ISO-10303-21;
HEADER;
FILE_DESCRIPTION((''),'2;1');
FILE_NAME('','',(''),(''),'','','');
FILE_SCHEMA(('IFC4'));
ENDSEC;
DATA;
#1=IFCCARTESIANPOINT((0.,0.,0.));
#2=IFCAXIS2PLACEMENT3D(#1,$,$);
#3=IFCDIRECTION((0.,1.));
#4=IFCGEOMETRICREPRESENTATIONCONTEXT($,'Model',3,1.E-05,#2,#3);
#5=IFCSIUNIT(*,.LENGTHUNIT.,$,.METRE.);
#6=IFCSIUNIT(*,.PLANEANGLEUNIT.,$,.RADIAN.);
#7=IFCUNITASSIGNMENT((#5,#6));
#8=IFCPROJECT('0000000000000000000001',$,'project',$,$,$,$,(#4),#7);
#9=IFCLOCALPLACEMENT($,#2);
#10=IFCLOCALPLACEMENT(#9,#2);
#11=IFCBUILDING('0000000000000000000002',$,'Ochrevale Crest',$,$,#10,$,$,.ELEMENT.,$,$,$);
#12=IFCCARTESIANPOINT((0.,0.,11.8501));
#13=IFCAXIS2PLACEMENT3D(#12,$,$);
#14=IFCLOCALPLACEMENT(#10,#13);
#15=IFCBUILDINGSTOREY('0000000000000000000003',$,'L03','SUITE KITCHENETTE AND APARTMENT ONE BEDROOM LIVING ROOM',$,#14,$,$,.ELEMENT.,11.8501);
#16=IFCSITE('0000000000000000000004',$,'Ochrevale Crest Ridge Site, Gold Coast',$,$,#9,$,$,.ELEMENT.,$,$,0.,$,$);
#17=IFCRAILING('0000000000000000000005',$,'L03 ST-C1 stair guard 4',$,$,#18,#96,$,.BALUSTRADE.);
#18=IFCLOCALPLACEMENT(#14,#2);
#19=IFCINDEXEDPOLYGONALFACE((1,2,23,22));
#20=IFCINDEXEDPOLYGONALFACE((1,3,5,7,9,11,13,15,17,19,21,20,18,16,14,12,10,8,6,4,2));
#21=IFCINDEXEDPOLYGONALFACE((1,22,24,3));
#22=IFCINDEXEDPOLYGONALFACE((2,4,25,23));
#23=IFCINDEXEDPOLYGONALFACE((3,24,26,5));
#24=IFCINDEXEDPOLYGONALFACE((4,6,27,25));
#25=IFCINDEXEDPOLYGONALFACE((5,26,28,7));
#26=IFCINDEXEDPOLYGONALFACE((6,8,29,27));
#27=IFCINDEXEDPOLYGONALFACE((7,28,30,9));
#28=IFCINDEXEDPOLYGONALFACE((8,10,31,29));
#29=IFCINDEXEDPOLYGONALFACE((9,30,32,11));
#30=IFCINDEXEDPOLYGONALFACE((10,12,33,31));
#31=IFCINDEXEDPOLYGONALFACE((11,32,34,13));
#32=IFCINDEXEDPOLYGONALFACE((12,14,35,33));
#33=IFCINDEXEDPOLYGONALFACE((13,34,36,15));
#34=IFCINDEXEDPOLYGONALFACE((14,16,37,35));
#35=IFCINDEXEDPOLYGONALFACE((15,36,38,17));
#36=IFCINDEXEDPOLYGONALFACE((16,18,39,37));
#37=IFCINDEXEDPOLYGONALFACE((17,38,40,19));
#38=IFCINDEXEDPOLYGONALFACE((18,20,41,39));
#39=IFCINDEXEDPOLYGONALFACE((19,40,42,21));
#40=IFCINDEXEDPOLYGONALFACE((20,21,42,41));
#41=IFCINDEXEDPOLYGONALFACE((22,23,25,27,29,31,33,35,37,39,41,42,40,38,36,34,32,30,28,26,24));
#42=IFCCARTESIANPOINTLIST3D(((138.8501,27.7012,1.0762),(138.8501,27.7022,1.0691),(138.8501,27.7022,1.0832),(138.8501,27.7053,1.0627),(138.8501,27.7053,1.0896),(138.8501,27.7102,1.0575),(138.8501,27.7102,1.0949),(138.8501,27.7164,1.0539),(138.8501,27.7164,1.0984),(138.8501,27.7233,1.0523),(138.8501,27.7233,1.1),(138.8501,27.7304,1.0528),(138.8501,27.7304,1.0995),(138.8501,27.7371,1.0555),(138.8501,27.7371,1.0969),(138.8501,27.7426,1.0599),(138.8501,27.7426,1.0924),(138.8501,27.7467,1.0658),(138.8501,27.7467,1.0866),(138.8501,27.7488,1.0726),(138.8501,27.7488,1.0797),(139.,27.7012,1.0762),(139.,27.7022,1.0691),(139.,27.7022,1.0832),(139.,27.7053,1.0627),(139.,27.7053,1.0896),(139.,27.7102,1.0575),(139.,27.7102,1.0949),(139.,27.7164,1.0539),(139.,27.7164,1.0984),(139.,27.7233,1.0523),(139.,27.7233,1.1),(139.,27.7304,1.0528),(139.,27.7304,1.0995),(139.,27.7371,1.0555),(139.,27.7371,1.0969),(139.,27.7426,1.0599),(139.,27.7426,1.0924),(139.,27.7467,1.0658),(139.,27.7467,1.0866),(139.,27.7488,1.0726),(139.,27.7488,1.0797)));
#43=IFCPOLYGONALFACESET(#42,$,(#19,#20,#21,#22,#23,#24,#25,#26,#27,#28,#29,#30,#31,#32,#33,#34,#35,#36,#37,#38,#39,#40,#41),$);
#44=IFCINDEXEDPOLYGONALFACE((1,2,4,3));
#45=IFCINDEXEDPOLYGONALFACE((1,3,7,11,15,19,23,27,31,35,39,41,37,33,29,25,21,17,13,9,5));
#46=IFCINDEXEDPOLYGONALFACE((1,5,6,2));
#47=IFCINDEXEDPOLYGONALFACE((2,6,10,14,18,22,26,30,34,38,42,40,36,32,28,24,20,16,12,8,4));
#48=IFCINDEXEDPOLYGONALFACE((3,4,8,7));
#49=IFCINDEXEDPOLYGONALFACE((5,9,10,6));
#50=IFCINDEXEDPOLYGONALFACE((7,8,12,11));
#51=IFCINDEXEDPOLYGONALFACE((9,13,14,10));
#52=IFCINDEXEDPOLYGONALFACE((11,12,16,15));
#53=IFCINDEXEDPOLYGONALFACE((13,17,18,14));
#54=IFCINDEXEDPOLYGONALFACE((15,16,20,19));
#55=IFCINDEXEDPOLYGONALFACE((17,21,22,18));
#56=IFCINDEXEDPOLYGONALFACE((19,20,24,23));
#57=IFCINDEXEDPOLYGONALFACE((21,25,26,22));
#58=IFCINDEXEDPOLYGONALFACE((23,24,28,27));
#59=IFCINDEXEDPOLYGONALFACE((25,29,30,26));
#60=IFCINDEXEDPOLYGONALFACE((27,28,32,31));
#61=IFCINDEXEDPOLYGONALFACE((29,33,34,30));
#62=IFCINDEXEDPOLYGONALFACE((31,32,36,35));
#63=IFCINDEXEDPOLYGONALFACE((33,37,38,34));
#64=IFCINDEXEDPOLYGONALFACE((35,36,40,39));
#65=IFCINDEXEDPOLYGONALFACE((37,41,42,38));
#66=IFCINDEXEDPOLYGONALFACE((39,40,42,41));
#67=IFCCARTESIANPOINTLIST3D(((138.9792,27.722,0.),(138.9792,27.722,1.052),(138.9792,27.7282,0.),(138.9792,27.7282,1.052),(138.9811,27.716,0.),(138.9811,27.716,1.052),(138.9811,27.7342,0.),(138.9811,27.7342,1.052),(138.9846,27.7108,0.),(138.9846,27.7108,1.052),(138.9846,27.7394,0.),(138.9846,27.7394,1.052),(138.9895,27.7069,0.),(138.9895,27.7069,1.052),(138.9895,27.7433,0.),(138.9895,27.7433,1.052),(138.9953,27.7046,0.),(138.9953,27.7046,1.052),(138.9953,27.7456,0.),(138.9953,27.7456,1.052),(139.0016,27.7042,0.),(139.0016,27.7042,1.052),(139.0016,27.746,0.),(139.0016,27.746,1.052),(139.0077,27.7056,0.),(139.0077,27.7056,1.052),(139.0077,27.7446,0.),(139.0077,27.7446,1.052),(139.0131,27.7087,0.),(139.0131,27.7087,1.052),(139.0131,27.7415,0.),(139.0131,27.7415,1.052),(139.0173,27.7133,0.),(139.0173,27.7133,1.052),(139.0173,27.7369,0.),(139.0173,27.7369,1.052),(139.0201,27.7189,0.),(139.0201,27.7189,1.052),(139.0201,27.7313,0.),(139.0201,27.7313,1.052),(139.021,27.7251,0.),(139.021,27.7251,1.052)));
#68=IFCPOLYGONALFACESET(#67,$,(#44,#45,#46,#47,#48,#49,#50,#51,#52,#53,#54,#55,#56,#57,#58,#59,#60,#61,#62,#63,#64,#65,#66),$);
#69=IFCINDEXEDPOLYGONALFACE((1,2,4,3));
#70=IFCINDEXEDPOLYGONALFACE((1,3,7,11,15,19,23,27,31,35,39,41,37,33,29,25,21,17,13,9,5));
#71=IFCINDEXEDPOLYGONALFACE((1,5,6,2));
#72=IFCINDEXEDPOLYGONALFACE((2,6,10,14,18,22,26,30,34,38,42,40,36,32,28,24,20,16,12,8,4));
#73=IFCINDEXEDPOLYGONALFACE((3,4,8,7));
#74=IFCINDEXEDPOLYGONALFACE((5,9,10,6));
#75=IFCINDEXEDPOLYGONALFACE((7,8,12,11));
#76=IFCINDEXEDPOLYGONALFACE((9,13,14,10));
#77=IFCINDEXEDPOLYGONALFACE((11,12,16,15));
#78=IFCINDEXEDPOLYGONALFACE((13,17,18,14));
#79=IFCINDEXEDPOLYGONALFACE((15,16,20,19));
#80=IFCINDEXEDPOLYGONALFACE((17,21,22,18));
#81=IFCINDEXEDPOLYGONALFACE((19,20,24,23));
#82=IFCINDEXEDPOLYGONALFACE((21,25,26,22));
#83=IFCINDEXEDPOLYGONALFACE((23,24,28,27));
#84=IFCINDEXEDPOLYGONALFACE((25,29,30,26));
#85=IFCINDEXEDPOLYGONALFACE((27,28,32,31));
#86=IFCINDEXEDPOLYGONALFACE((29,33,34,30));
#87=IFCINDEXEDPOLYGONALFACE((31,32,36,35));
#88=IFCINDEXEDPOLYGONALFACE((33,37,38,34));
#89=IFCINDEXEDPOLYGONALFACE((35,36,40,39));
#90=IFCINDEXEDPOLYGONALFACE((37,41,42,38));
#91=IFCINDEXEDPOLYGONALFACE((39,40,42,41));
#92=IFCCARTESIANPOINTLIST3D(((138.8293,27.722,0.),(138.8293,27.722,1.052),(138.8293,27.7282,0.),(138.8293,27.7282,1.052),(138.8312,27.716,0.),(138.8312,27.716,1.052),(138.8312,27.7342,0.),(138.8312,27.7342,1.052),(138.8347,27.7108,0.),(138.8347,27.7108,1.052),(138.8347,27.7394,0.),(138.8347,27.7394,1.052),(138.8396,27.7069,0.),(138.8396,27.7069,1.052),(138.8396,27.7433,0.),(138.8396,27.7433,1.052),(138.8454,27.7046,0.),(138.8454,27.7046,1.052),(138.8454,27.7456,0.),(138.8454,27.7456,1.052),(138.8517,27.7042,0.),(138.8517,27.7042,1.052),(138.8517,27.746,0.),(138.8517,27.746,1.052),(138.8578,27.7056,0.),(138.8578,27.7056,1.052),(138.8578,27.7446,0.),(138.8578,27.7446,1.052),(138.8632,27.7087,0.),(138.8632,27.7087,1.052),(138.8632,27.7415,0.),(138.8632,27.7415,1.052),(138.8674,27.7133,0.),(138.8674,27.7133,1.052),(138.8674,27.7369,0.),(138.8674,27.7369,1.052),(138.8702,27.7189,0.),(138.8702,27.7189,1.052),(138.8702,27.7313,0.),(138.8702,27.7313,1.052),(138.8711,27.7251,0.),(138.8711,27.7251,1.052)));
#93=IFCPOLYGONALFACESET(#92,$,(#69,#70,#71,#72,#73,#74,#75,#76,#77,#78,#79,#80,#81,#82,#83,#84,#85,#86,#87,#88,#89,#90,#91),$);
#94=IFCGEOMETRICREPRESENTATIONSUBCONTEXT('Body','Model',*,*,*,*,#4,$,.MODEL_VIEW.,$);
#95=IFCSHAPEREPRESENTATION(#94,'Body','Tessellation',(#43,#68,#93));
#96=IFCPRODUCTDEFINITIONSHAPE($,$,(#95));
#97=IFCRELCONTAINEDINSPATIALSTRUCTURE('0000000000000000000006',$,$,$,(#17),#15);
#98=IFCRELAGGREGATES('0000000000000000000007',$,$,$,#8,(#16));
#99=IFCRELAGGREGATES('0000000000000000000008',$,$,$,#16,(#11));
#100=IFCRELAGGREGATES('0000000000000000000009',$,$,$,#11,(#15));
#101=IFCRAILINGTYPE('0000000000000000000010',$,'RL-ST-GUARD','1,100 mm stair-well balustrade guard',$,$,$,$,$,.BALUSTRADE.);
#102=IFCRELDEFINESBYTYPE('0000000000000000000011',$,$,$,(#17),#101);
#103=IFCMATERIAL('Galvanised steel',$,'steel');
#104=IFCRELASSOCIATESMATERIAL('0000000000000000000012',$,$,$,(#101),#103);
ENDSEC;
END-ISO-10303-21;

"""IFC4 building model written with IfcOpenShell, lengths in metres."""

from ifc_helpers import new_model, si_unit, direction, frame, origin, origin_2d, place, context, subcontext, project, spatial, circle, extrude, material, type_object, element, save


model = new_model("IFC4")

# Units and contexts
model_context = context("Model", 3, precision=1e-05, world=origin(), true_north=direction((0.0, 1.0)))
body_context = subcontext(model_context, "Body", "Model", "MODEL_VIEW")
ifc_project = project(units=[si_unit("LENGTHUNIT", "METRE"), si_unit("PLANEANGLEUNIT", "RADIAN")], contexts=[model_context])

# Site, building, storey
site_placement = place(None, origin())
site = spatial("IfcSite", under=ifc_project, at=site_placement, Name="Ochrevale Crest Ridge Site, Gold Coast", CompositionType="ELEMENT", RefElevation=0.0)
building_placement = place(site_placement, origin())
building = spatial("IfcBuilding", under=site, at=building_placement, Name="Ochrevale Crest", CompositionType="ELEMENT")
storey_placement = place(building_placement, frame((0.0, 0.0, 11.8501)))
storey = spatial("IfcBuildingStorey", under=building, at=storey_placement, Name="L03", Description="SUITE KITCHENETTE AND APARTMENT ONE BEDROOM LIVING ROOM", CompositionType="ELEMENT", Elevation=11.8501)

# Railing
ifc_material_1 = material(Name="Galvanised steel", Category="steel")
railing_type_1 = type_object("IfcRailingType", Name="RL-ST-GUARD", Description="1,100 mm stair-well balustrade guard", PredefinedType="BALUSTRADE", material=ifc_material_1)
railing_1_placement = place(storey_placement, frame((139.0, 27.7251, 0.0)))
element("IfcRailing", 1, at=railing_1_placement, inside=storey, type_object=railing_type_1, Name="L03 ST-C1 stair guard 4", PredefinedType="BALUSTRADE", context=body_context, shape_type="SweptSolid", body=[
    extrude(circle(Radius=0.0239, at=origin_2d()), frame((0.0, 0.0, 1.0762), z_axis=(-1.0, 0.0, 0.0), x_axis=(0.0, -1.0, 0.0)), (0.0, 0.0, 1.0), 0.1499),
    extrude(circle(Radius=0.021, at=origin_2d()), origin(), (0.0, 0.0, 1.0), 1.052),
    extrude(circle(Radius=0.021, at=origin_2d()), frame((-0.1499, 0.0, 0.0)), (0.0, 0.0, 1.0), 1.052),
])

save(model, "model.ifc")
